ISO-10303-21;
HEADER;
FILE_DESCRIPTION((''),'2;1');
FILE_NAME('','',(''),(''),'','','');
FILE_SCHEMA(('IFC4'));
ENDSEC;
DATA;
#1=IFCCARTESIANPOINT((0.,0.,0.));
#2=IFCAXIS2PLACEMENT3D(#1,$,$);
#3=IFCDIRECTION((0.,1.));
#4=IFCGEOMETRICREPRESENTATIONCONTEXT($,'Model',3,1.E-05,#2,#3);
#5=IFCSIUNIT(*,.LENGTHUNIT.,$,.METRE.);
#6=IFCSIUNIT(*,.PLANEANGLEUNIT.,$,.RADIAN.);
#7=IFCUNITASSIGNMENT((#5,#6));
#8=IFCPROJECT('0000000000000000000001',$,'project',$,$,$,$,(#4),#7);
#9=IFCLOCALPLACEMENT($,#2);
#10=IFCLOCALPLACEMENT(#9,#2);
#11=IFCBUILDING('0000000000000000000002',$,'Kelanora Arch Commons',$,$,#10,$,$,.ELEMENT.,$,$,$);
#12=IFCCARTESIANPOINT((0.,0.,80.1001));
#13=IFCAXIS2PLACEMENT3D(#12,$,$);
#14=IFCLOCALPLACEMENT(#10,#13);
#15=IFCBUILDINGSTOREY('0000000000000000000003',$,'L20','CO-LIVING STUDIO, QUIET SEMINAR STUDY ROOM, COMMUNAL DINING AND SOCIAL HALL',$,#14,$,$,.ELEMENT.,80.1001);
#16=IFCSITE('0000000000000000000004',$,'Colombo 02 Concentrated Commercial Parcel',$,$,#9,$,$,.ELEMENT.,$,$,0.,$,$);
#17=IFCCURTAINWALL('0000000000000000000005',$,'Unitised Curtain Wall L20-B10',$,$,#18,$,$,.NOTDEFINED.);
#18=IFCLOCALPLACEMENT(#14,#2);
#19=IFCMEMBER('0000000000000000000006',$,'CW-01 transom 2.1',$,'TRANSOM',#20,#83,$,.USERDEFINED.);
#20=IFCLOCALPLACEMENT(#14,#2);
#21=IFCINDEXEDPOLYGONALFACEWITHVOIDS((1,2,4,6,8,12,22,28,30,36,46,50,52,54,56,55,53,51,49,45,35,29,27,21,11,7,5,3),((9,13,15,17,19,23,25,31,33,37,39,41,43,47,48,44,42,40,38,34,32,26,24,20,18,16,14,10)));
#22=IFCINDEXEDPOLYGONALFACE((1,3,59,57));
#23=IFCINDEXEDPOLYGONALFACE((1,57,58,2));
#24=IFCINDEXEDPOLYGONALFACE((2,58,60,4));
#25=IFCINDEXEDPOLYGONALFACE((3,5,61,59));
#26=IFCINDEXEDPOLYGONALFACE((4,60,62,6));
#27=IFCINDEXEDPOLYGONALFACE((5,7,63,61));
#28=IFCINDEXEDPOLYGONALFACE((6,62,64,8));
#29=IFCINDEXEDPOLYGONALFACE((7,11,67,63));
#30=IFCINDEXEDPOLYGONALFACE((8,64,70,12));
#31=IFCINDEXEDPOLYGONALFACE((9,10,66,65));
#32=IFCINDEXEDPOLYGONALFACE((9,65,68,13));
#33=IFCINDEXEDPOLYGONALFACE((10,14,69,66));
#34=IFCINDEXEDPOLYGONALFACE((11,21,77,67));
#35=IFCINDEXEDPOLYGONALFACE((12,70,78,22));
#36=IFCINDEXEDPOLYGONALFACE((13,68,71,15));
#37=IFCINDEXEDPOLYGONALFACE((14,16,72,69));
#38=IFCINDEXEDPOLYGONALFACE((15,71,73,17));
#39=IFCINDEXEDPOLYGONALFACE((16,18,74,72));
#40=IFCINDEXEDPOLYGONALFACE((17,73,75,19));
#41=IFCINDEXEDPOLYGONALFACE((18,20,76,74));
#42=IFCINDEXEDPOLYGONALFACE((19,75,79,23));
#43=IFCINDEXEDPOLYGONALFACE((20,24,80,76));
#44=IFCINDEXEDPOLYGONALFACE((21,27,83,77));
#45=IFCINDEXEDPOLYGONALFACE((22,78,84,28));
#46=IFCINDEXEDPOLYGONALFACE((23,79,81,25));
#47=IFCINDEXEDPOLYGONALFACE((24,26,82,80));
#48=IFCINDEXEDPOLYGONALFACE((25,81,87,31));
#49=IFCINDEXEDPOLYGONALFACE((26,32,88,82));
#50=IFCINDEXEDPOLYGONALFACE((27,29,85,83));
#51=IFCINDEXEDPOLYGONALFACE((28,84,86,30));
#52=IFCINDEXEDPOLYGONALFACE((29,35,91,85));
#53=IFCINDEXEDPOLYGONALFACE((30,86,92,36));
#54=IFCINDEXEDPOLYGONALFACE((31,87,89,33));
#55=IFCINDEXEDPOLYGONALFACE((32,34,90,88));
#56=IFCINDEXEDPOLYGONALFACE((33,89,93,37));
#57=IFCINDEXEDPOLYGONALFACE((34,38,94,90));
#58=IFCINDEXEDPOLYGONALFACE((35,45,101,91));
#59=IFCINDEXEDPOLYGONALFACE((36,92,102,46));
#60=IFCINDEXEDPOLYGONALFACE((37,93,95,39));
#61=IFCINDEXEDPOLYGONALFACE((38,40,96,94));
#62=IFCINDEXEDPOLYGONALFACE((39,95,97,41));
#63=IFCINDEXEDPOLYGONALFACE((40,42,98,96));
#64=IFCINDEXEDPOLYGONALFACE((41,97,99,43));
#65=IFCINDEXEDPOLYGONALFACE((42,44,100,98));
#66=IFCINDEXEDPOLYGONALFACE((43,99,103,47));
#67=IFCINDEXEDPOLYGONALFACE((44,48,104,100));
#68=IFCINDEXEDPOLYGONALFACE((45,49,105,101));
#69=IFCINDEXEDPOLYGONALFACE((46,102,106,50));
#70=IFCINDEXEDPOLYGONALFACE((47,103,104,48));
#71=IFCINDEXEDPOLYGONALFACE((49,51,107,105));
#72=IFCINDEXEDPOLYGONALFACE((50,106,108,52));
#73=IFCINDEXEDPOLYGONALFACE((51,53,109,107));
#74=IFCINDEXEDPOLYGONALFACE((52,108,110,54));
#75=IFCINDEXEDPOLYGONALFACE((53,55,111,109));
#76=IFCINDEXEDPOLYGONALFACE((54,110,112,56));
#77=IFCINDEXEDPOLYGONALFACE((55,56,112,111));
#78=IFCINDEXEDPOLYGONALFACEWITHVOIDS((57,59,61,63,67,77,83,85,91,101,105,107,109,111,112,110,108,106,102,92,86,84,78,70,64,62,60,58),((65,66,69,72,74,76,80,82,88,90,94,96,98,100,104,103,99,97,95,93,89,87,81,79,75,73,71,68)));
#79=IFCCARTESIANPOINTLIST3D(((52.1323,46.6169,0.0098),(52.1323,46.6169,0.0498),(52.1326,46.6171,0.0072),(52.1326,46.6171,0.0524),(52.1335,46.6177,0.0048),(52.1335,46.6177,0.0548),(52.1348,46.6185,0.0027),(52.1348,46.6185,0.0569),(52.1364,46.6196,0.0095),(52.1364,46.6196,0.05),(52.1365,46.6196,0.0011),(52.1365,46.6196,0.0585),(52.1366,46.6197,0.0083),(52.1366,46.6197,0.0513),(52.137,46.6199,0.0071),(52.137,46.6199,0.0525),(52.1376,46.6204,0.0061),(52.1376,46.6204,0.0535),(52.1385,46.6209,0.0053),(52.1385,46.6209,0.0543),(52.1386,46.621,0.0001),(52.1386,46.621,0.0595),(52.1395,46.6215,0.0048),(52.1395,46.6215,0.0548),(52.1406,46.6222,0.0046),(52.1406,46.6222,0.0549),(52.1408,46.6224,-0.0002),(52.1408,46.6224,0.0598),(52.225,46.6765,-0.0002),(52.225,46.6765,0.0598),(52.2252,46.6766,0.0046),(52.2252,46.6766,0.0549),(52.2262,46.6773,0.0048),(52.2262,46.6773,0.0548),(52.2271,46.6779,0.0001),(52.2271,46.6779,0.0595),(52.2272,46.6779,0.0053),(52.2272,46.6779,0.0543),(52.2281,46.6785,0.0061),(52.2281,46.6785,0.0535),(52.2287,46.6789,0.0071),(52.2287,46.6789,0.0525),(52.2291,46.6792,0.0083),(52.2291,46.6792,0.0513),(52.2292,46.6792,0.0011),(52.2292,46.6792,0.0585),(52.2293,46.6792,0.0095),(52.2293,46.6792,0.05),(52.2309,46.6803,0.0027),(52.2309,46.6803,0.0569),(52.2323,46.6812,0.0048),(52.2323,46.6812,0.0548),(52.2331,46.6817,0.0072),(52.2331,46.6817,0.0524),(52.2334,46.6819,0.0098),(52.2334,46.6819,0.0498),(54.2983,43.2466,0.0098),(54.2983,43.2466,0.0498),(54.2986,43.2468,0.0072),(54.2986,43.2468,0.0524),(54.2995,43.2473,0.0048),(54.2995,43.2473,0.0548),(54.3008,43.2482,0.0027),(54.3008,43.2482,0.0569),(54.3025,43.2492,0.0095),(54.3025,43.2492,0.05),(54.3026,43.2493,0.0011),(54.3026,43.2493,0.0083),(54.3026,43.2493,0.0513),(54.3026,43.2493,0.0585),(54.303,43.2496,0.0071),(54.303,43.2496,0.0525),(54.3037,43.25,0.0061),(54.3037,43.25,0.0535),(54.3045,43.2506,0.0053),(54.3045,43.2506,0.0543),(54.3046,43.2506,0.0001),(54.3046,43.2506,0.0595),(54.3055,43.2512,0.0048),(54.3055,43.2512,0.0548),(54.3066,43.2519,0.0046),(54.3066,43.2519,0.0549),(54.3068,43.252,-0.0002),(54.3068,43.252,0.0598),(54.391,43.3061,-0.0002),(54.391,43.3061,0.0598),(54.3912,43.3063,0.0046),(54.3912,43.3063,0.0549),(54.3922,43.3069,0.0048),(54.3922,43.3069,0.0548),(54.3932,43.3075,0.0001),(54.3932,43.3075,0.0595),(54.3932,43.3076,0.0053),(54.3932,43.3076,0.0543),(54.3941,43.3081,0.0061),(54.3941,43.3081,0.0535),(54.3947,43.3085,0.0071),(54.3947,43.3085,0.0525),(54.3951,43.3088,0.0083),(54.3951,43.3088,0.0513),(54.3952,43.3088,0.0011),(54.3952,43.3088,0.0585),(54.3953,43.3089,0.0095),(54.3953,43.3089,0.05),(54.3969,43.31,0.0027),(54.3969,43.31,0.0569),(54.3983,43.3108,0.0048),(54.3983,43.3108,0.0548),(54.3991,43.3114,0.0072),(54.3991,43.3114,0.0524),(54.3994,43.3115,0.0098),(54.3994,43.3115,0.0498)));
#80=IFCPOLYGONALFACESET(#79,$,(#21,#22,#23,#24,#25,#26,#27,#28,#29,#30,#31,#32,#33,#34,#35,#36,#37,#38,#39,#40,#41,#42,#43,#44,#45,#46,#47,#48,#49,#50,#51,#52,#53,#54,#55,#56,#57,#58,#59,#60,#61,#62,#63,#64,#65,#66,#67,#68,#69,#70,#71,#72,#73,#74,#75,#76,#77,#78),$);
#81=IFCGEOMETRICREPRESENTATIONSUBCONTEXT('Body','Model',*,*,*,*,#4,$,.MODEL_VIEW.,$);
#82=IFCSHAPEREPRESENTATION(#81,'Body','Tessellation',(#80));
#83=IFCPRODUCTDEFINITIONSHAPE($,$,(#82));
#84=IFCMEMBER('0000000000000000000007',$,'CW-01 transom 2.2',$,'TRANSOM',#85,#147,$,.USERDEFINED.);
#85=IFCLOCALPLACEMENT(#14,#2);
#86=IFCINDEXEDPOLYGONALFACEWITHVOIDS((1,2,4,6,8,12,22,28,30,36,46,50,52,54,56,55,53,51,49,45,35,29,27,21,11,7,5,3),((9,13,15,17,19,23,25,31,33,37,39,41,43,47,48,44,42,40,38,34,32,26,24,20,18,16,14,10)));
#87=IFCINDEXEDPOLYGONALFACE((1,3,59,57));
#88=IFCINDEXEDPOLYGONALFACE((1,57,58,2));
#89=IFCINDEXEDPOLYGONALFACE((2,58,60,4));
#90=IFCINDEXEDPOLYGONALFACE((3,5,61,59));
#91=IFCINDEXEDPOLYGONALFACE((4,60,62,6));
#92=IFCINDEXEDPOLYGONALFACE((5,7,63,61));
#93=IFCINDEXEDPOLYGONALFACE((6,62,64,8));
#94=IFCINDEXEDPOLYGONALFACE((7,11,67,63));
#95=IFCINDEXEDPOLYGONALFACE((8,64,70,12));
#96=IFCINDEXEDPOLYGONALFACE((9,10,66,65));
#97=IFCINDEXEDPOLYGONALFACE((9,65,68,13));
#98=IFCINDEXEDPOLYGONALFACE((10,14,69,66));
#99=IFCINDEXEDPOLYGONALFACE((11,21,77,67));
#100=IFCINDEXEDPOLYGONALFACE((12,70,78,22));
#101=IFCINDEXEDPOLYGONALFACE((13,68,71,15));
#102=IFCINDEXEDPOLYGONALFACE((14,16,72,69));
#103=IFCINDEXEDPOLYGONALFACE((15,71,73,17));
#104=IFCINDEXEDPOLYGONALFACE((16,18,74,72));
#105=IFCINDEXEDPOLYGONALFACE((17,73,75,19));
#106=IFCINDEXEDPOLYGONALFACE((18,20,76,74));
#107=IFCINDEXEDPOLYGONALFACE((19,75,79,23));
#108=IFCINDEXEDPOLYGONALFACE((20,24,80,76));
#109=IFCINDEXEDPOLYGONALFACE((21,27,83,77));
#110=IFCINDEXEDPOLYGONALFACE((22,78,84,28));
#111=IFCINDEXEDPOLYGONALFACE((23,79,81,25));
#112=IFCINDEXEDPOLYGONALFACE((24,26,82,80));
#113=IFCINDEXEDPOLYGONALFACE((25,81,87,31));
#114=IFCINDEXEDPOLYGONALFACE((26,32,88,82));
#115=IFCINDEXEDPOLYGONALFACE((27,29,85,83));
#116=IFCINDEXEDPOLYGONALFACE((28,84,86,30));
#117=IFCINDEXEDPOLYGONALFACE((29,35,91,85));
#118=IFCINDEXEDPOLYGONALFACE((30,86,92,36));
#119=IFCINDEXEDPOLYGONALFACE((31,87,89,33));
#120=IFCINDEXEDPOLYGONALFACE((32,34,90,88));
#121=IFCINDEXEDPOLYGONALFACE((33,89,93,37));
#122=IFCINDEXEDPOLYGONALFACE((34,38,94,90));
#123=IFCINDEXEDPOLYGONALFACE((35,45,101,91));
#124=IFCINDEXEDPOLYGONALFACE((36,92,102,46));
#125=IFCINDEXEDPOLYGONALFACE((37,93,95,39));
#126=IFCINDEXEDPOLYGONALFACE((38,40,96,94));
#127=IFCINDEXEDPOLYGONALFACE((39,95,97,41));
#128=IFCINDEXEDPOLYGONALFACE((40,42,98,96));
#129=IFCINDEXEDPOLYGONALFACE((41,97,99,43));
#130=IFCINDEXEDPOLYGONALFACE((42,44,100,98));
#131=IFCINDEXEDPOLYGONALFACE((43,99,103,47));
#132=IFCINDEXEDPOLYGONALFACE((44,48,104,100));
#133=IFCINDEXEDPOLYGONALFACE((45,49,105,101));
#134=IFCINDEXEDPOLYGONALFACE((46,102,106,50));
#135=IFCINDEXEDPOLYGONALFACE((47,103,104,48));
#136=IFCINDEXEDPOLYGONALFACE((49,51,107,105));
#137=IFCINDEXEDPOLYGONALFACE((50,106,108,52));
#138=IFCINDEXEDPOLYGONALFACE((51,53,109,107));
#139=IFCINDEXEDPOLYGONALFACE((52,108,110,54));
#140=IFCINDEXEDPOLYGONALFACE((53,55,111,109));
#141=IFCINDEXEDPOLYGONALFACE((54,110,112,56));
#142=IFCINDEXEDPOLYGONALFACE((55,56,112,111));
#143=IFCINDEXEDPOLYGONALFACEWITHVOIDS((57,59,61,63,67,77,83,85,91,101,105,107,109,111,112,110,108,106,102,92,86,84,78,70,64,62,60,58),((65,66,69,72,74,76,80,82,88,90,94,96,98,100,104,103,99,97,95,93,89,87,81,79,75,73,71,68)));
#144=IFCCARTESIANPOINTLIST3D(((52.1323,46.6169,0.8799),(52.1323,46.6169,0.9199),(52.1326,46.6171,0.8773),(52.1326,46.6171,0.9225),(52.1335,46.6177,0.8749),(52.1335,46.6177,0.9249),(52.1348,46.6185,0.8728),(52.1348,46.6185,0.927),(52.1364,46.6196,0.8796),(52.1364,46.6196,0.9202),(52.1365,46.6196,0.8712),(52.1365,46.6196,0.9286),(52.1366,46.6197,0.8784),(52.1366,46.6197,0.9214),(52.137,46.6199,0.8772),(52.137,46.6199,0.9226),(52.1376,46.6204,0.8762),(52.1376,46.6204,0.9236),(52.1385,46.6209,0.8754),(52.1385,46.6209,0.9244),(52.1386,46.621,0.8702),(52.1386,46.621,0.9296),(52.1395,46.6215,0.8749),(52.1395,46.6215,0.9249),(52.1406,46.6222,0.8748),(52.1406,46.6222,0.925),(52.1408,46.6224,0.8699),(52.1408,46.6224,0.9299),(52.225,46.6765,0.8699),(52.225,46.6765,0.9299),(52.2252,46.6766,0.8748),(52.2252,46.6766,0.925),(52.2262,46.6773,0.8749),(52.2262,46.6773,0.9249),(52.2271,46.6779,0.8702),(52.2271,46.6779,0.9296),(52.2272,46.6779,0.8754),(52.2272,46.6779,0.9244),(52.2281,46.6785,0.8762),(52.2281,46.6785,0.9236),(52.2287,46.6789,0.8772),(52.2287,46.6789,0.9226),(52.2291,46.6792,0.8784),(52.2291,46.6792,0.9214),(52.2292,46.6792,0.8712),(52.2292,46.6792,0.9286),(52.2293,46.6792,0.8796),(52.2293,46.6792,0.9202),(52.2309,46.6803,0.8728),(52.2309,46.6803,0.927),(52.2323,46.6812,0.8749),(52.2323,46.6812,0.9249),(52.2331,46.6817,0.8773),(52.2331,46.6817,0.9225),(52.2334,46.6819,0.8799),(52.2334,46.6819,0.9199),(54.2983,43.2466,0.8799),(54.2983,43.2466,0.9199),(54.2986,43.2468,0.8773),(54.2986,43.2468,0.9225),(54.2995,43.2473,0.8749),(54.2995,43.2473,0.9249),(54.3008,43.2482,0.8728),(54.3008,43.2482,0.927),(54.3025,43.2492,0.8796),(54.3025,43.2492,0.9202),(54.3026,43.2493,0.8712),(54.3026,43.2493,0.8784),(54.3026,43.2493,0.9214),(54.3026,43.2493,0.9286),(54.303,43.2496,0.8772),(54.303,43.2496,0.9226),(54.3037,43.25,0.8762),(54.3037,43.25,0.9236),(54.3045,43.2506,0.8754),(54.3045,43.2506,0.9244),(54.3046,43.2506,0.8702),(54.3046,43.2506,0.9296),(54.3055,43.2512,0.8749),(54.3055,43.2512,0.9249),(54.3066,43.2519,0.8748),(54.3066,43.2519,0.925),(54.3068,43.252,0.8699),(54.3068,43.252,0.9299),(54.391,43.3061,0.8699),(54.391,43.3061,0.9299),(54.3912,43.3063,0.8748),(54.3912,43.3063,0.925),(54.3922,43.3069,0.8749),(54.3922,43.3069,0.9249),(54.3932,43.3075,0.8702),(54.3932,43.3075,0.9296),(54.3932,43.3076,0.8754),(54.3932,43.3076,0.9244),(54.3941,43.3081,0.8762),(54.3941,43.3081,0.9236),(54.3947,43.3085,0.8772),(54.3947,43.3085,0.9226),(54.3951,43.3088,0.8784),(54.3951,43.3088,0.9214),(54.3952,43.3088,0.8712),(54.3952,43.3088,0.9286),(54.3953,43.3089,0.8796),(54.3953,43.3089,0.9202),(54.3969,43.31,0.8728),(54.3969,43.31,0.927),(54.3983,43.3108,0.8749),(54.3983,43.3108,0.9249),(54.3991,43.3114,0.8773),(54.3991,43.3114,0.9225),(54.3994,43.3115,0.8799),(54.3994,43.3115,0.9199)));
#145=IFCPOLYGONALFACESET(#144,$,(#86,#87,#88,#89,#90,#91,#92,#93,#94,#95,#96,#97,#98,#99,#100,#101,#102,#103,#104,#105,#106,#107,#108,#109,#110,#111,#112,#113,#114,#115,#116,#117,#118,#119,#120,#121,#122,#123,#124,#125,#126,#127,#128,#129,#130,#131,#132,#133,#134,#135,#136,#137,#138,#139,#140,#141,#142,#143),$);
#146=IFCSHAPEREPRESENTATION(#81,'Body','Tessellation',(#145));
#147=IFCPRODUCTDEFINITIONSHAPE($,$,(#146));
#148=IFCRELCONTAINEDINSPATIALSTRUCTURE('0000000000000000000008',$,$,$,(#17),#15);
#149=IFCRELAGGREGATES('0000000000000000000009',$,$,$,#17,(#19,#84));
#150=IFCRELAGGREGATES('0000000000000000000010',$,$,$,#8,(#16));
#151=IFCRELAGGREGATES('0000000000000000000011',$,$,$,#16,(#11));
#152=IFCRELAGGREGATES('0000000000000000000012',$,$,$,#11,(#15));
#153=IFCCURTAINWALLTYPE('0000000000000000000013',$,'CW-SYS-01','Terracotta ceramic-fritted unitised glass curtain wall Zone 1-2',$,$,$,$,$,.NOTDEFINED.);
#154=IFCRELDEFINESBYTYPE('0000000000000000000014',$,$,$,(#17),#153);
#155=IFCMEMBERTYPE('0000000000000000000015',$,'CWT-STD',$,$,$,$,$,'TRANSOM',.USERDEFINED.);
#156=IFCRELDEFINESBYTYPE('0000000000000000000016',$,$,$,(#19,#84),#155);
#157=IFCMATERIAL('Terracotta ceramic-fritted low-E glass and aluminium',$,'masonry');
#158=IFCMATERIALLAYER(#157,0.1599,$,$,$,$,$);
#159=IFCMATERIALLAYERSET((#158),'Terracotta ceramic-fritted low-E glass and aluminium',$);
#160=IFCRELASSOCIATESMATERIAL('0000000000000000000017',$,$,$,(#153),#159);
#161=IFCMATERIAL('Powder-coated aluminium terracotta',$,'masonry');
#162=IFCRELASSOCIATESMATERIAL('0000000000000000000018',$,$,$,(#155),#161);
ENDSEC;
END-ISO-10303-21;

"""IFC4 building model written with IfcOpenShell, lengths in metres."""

from ifc_helpers import new_model, si_unit, direction, frame, origin, origin_2d, place, context, subcontext, project, spatial, hollow_rectangle, extrude, material, layer, layer_set, material_profile, profile_set, type_object, element, aggregate, save


model = new_model("IFC4")

# Units and contexts
model_context = context("Model", 3, precision=1e-05, world=origin(), true_north=direction((0.0, 1.0)))
body_context = subcontext(model_context, "Body", "Model", "MODEL_VIEW")
ifc_project = project(units=[si_unit("LENGTHUNIT", "METRE"), si_unit("PLANEANGLEUNIT", "RADIAN")], contexts=[model_context])

# Site, building, storey
site_placement = place(None, origin())
site = spatial("IfcSite", under=ifc_project, at=site_placement, Name="Colombo 02 Concentrated Commercial Parcel", CompositionType="ELEMENT", RefElevation=0.0)
building_placement = place(site_placement, origin())
building = spatial("IfcBuilding", under=site, at=building_placement, Name="Kelanora Arch Commons", CompositionType="ELEMENT")
storey_placement = place(building_placement, frame((0.0, 0.0, 80.1001)))
storey = spatial("IfcBuildingStorey", under=building, at=storey_placement, Name="L20", Description="CO-LIVING STUDIO, QUIET SEMINAR STUDY ROOM, COMMUNAL DINING AND SOCIAL HALL", CompositionType="ELEMENT", Elevation=80.1001)

# Curtain wall, members
ifc_material_1 = material(Name="Terracotta ceramic-fritted low-E glass and aluminium", Category="masonry")
ifc_layer_1 = layer(ifc_material_1, 0.1599)
ifc_layer_set_1 = layer_set([ifc_layer_1], Name="Terracotta ceramic-fritted low-E glass and aluminium")
curtain_wall_type = type_object("IfcCurtainWallType", Name="CW-SYS-01", Description="Terracotta ceramic-fritted unitised glass curtain wall Zone 1-2", PredefinedType="NOTDEFINED", material=ifc_layer_set_1)
curtain_wall_placement = place(storey_placement, origin())
curtain_wall = element("IfcCurtainWall", 1, at=curtain_wall_placement, inside=storey, type_object=curtain_wall_type, Name="Unitised Curtain Wall L20-B10", PredefinedType="NOTDEFINED")
ifc_material_2 = material(Name="Powder-coated aluminium terracotta", Category="masonry")
ifc_material_profile_1 = material_profile(ifc_material_2, hollow_rectangle(XDim=0.1201, YDim=0.0601, WallThickness=0.0049, InnerFilletRadius=0.0049, OuterFilletRadius=0.01, at=origin_2d()), Name="CWT120x60")
ifc_profile_set_1 = profile_set([ifc_material_profile_1], Name="Powder-coated aluminium terracotta")
member_type_1 = type_object("IfcMemberType", Name="CWT-STD", ElementType="TRANSOM", PredefinedType="USERDEFINED", material=ifc_profile_set_1)
member_1_placement = place(storey_placement, frame((52.1829, 46.6494, 0.0298), z_axis=(0.540644, -0.841252, 0.0), x_axis=(0.841252, 0.540644, 0.0)))
member_1 = element("IfcMember", 2, at=member_1_placement, type_object=member_type_1, Name="CW-01 transom 2.1", ObjectType="TRANSOM", PredefinedType="USERDEFINED", context=body_context, shape_type="SweptSolid", body=[
    extrude(hollow_rectangle(XDim=0.1201, YDim=0.0601, WallThickness=0.0049, InnerFilletRadius=0.0049, OuterFilletRadius=0.01, at=origin_2d()), origin(), (0.0, 0.0, 1.0), 4.0063),
])
member_2_placement = place(storey_placement, frame((52.1829, 46.6494, 0.8999), z_axis=(0.540644, -0.841252, 0.0), x_axis=(0.841252, 0.540644, 0.0)))
member_2 = element("IfcMember", 3, at=member_2_placement, type_object=member_type_1, Name="CW-01 transom 2.2", ObjectType="TRANSOM", PredefinedType="USERDEFINED", context=body_context, shape_type="SweptSolid", body=[
    extrude(hollow_rectangle(XDim=0.1201, YDim=0.0601, WallThickness=0.0049, InnerFilletRadius=0.0049, OuterFilletRadius=0.01, at=origin_2d()), origin(), (0.0, 0.0, 1.0), 4.0063),
])

aggregate(curtain_wall, [member_1, member_2])

save(model, "model.ifc")
